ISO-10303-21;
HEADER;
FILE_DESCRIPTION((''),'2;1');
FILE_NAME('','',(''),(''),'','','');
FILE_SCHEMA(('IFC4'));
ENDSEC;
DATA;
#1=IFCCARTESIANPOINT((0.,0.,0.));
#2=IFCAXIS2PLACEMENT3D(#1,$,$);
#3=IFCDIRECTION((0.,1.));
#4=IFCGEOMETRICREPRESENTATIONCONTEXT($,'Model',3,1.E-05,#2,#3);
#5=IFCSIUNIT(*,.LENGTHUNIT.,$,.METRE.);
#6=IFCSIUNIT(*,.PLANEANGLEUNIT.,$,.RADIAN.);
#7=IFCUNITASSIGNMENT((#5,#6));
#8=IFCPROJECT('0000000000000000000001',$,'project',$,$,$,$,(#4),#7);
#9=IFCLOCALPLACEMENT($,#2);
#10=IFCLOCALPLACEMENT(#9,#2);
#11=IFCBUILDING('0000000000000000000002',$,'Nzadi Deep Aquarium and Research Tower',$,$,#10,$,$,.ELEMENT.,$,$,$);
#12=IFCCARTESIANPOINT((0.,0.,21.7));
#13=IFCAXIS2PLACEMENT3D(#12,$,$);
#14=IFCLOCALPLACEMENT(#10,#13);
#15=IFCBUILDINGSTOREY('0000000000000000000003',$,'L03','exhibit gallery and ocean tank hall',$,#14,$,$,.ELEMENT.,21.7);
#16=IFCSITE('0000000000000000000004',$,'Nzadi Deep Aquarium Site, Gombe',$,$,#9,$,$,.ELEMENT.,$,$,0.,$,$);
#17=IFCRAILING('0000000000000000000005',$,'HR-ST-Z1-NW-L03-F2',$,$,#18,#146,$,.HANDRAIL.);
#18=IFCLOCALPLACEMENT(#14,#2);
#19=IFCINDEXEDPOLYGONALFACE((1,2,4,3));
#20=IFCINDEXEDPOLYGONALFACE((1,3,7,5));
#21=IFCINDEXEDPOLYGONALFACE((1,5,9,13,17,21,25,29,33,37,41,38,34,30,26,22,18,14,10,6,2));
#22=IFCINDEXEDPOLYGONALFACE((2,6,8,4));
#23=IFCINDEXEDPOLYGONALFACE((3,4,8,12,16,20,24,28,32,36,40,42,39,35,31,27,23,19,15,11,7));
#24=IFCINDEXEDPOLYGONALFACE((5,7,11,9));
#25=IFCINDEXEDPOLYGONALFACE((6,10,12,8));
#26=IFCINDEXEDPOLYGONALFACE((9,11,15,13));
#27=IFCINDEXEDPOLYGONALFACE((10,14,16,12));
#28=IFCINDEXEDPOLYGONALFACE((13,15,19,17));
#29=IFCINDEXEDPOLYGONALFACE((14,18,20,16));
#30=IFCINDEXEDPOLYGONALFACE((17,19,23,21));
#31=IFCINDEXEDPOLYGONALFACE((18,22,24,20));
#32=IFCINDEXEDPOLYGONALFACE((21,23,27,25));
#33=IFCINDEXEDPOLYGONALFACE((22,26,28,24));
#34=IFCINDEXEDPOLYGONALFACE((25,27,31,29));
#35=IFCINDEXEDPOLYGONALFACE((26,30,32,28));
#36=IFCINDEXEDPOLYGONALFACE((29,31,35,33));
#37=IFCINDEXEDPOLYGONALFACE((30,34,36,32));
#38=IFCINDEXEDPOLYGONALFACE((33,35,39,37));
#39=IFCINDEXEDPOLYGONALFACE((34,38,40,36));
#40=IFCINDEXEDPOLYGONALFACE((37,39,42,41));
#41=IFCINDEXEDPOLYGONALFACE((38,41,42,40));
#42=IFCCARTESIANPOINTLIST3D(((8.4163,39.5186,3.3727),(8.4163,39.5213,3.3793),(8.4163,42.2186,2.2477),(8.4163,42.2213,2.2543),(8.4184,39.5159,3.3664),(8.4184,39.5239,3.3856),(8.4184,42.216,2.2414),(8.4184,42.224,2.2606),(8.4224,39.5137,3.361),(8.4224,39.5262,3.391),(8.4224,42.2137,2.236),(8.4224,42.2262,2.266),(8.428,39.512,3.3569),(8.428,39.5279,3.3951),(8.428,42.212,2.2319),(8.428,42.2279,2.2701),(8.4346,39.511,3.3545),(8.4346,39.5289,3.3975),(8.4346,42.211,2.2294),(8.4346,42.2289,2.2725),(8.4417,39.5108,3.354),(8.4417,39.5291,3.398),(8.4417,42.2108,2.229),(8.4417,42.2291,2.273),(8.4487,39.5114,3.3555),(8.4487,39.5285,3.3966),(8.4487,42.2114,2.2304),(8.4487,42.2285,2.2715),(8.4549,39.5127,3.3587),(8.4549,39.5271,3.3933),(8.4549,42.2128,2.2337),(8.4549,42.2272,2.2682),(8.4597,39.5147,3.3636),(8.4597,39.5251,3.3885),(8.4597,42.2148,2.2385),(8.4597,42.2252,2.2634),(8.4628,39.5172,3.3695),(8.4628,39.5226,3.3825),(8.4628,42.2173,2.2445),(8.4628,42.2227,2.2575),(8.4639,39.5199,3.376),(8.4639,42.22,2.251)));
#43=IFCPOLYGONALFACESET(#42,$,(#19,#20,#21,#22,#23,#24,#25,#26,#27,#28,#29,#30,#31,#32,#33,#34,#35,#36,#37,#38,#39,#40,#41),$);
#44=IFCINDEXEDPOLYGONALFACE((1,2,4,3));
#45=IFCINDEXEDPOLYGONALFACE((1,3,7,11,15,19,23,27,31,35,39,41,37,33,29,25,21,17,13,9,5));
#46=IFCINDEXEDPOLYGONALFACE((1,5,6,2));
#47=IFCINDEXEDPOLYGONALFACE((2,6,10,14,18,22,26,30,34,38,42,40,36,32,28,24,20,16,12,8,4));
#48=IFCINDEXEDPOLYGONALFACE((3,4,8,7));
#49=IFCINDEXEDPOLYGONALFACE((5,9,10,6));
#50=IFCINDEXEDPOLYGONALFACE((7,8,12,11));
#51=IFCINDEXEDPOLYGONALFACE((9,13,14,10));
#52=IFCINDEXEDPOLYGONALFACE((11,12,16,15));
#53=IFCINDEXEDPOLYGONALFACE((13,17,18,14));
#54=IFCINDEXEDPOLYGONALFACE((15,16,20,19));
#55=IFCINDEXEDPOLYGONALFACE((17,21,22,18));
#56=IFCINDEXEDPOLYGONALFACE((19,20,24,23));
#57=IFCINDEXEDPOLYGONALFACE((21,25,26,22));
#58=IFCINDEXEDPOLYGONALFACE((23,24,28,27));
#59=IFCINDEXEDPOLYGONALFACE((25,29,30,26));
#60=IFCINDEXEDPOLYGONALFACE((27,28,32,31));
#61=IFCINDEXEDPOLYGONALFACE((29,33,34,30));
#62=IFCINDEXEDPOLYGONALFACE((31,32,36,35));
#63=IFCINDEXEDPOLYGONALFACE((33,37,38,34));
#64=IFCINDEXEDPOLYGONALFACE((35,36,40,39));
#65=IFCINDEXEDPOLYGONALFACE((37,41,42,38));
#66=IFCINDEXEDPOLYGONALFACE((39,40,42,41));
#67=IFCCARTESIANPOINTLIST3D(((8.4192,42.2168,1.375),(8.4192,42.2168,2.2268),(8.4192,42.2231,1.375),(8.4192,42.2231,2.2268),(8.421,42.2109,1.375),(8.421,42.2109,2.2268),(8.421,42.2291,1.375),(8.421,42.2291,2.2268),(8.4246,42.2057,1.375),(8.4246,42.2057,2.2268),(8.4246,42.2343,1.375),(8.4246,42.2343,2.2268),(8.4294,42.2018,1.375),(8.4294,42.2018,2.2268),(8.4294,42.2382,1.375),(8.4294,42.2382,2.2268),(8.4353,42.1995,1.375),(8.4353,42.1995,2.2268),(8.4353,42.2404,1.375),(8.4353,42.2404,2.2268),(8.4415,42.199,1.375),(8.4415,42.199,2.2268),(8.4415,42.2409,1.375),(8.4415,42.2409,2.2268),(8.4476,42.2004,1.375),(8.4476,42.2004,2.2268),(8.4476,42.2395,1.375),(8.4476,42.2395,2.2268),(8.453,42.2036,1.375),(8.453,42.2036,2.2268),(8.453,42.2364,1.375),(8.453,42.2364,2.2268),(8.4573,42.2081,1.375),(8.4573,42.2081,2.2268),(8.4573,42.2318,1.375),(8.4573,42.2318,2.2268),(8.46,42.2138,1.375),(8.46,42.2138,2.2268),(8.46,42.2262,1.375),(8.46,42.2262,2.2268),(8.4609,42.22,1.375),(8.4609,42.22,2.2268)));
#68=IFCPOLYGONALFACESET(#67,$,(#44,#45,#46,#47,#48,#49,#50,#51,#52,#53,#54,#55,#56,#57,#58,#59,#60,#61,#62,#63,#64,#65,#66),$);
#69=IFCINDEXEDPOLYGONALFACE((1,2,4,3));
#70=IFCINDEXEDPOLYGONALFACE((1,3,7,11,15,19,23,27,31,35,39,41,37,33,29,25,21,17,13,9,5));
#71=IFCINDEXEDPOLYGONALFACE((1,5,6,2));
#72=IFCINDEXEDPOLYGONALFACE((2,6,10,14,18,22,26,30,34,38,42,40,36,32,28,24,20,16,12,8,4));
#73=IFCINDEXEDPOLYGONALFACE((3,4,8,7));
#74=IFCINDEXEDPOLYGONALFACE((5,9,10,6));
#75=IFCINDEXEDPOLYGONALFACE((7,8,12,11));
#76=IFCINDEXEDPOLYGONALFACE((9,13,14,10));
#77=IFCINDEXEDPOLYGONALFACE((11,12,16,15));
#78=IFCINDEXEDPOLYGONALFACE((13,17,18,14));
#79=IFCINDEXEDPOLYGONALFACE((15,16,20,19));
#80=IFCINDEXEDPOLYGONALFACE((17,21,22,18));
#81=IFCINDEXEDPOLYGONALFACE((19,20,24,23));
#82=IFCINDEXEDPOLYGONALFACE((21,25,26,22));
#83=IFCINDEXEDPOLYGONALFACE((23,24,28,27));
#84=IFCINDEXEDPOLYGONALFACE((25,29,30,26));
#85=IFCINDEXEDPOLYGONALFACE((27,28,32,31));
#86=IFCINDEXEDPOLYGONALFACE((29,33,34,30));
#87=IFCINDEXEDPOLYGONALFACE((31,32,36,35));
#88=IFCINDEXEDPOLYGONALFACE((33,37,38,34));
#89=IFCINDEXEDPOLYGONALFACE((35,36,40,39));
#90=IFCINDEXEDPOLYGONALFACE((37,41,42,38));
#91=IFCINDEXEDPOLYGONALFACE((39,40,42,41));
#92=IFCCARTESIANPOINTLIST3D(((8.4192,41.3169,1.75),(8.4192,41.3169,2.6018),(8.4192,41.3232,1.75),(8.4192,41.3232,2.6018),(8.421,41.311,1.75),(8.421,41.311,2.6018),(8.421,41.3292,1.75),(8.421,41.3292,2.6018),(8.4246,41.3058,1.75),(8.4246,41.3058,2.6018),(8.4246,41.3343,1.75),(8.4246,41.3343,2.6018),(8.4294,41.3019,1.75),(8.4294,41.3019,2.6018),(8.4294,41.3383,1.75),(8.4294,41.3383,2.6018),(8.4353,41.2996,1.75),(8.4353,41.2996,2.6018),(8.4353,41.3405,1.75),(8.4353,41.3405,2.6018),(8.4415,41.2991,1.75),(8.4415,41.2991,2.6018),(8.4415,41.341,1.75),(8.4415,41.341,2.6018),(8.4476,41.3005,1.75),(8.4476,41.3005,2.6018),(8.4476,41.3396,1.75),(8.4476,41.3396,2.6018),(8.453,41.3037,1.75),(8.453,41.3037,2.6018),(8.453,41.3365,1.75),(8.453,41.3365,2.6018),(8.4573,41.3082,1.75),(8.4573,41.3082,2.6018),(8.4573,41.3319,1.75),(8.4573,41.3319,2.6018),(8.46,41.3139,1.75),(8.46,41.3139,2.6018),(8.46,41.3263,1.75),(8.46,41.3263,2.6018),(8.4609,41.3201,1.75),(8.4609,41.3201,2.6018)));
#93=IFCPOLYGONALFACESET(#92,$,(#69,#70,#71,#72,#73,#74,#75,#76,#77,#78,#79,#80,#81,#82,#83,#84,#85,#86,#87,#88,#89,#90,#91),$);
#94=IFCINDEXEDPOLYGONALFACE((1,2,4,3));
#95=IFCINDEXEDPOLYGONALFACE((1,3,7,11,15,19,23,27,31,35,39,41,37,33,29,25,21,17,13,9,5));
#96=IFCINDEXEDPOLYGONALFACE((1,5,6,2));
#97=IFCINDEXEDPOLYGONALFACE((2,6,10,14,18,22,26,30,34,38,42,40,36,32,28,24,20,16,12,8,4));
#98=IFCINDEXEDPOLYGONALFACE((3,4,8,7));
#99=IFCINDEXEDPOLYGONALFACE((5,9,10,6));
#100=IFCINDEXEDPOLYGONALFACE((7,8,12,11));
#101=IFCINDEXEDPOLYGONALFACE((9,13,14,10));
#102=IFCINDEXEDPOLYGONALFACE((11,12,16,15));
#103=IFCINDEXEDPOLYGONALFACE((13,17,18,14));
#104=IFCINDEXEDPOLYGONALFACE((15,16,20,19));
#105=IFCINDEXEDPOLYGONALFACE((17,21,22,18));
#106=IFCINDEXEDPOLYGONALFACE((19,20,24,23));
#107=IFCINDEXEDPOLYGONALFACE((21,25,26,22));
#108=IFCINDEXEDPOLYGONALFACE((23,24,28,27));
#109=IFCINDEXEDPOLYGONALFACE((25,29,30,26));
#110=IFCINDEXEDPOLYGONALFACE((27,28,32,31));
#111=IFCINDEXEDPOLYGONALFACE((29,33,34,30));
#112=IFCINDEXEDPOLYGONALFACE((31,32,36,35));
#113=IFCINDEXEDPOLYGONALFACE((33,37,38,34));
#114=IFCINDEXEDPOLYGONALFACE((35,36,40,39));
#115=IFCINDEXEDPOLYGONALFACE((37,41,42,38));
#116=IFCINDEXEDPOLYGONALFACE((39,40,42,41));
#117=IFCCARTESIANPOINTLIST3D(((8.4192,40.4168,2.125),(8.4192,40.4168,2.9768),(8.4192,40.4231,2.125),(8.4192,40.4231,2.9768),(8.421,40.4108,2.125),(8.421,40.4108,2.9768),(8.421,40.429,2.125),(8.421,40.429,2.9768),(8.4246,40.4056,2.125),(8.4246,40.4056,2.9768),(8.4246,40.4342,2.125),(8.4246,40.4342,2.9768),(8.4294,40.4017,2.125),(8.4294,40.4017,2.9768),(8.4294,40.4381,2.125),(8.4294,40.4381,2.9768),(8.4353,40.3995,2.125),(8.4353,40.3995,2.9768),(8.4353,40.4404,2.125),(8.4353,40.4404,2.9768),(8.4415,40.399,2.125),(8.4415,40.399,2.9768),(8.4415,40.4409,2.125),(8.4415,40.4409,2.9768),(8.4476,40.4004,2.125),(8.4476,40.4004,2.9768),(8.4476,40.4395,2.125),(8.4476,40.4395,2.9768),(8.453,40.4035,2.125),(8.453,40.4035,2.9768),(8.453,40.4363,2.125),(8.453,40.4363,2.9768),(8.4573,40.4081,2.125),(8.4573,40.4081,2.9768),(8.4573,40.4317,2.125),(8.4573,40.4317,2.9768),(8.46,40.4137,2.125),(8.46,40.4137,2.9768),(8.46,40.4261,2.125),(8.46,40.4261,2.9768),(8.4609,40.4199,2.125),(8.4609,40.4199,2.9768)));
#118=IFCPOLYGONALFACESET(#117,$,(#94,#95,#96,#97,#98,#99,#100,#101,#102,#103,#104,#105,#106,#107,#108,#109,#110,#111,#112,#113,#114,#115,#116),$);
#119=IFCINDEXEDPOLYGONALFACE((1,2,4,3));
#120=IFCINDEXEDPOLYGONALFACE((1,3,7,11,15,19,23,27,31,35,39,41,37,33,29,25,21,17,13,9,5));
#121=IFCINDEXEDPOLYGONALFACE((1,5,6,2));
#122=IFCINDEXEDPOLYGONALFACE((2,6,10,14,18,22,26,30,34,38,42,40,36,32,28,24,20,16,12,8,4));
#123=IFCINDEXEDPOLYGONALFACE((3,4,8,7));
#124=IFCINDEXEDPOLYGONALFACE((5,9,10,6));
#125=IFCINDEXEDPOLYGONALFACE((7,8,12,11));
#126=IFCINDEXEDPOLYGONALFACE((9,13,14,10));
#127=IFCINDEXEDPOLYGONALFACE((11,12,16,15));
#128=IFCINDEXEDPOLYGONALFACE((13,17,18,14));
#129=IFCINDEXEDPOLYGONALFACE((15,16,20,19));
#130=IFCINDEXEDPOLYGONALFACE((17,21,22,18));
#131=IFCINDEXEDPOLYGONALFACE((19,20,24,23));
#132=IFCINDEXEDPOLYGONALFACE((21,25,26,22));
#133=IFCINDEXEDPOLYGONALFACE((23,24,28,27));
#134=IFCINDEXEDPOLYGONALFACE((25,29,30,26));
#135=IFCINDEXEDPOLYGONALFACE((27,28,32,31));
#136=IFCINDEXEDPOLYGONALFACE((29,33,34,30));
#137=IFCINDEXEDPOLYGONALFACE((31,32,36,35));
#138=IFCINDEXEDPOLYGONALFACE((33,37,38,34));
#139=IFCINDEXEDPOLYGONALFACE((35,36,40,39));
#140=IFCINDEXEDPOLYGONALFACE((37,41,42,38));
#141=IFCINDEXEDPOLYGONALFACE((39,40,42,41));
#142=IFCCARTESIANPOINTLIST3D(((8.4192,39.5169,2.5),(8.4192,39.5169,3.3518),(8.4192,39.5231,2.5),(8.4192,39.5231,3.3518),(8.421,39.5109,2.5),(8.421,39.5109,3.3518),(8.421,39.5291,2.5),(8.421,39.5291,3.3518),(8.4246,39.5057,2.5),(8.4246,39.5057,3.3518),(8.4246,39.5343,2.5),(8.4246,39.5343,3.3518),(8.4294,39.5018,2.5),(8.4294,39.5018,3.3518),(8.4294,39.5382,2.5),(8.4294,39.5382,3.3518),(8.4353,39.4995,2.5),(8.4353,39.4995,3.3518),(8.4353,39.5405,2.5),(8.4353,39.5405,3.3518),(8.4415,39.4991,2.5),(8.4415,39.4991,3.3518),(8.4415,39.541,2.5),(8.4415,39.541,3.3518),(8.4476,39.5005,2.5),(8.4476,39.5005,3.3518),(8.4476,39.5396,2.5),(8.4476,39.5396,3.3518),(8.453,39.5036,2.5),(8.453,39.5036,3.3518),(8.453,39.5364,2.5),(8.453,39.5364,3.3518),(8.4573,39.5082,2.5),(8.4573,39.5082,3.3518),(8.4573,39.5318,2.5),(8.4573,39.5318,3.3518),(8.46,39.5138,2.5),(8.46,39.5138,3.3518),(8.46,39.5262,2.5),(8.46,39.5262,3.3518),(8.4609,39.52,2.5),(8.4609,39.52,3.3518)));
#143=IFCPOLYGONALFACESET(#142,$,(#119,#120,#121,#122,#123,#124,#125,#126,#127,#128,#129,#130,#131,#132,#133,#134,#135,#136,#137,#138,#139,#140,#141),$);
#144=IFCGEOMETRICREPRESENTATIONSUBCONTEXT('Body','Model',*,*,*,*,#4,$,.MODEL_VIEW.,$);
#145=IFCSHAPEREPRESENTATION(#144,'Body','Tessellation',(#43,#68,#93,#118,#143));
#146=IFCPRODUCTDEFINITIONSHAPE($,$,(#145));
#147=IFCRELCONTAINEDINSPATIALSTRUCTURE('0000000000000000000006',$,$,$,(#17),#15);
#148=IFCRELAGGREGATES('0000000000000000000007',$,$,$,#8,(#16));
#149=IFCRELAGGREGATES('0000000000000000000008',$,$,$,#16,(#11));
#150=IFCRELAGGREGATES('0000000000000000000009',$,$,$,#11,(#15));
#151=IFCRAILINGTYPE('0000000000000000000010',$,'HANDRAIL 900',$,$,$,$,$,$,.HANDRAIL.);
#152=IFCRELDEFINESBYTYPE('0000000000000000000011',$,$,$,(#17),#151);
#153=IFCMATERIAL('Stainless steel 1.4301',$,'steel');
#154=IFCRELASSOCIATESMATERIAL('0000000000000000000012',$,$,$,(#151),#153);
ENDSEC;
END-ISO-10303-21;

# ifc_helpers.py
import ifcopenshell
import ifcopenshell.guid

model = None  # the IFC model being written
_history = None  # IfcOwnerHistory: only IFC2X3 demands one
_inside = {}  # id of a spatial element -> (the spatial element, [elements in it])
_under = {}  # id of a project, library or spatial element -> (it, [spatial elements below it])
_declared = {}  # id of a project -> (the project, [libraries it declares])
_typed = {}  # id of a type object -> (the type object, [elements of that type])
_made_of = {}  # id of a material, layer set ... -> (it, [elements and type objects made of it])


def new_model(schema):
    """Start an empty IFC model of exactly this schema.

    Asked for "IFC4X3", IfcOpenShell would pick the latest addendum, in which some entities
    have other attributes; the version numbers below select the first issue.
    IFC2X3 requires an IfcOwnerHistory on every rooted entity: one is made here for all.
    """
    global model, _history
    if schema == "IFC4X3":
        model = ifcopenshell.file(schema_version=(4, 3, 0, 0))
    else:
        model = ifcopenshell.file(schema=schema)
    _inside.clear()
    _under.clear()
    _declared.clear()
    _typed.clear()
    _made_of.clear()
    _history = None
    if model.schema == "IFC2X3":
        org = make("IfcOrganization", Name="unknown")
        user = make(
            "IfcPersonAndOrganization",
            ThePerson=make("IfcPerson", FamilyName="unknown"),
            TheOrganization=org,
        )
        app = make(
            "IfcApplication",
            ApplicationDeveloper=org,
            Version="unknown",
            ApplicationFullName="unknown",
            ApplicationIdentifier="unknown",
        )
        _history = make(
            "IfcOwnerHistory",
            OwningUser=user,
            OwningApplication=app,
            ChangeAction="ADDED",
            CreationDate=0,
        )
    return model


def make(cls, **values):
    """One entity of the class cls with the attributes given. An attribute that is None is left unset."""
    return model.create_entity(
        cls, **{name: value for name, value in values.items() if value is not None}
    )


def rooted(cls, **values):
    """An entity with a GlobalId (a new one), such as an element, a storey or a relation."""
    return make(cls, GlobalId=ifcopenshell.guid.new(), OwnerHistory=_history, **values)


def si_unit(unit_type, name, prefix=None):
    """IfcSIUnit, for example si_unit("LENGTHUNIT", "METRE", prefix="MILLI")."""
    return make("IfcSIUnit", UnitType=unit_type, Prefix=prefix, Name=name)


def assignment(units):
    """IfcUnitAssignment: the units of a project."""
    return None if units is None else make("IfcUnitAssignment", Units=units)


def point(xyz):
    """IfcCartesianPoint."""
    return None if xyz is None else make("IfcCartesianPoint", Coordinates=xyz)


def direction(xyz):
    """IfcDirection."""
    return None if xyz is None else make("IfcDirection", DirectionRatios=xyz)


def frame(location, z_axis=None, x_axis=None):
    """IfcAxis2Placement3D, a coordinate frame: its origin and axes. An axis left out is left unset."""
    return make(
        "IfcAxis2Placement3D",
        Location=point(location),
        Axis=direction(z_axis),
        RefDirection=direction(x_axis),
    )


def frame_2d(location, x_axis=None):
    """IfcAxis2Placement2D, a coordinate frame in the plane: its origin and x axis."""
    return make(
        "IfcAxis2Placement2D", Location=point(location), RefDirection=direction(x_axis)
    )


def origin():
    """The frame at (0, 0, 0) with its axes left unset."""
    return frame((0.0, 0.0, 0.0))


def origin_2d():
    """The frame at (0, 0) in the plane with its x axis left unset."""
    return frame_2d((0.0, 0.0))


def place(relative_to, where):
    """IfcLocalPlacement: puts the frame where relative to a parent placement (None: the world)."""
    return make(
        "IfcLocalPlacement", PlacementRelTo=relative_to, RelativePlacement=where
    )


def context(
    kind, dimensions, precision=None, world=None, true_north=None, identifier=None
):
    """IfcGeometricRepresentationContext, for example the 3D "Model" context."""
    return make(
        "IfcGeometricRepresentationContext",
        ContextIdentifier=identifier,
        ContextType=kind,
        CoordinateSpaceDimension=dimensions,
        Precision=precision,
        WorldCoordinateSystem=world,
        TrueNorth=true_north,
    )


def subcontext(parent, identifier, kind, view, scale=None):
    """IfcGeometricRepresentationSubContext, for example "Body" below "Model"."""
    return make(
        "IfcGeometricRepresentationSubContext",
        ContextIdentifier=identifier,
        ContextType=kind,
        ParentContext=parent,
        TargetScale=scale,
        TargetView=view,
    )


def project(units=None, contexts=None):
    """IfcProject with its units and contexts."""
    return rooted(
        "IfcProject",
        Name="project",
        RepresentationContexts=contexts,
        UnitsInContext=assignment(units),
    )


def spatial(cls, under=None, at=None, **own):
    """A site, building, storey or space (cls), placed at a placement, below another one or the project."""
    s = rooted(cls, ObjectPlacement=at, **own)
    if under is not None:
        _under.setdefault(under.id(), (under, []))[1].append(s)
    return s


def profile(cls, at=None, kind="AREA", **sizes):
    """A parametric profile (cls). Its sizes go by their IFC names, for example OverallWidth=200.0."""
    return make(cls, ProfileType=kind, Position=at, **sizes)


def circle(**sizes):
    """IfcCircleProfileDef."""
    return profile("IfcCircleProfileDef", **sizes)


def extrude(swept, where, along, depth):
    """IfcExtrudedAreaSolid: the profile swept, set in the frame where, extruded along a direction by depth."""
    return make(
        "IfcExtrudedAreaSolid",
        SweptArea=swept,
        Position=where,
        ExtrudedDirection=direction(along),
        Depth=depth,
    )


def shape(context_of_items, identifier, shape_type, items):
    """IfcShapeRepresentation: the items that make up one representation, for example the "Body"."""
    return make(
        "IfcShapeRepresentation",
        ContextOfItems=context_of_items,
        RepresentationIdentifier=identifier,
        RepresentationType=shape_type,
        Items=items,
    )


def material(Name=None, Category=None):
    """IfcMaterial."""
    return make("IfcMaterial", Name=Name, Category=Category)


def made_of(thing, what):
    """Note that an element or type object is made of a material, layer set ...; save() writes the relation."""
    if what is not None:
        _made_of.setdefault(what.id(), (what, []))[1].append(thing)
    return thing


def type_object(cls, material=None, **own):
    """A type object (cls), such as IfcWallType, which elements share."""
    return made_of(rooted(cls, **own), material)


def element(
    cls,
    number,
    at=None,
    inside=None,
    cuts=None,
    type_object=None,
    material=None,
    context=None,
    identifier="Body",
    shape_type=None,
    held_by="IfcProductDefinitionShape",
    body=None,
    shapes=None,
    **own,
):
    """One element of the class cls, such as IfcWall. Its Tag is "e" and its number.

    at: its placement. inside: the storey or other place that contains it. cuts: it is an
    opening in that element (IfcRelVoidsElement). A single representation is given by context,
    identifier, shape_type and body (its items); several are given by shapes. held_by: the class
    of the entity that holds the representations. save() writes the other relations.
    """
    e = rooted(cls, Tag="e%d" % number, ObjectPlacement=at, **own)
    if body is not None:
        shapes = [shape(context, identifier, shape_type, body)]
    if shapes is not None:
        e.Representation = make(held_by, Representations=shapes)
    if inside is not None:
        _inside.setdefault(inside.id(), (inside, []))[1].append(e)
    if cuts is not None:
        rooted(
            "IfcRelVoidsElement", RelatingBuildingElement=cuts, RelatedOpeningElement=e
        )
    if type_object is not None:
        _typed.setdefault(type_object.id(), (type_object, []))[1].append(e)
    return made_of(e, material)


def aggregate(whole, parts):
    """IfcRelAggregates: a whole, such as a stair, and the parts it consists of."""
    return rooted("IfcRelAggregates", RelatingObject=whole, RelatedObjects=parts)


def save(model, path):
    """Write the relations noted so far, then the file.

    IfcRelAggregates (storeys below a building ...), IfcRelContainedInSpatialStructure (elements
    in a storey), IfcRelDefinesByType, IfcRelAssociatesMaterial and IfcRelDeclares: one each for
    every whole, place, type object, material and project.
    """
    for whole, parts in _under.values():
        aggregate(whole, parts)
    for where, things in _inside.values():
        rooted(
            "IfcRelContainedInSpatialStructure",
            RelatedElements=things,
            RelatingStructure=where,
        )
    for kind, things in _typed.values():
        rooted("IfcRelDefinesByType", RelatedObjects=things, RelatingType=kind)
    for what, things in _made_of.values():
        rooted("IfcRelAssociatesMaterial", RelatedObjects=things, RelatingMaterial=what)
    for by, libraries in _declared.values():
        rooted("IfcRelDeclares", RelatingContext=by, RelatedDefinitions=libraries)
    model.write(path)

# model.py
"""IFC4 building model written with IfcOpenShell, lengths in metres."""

from ifc_helpers import new_model, si_unit, direction, frame, origin, origin_2d, place, context, subcontext, project, spatial, circle, extrude, material, type_object, element, save


model = new_model("IFC4")

# Units and contexts
model_context = context("Model", 3, precision=1e-05, world=origin(), true_north=direction((0.0, 1.0)))
body_context = subcontext(model_context, "Body", "Model", "MODEL_VIEW")
ifc_project = project(units=[si_unit("LENGTHUNIT", "METRE"), si_unit("PLANEANGLEUNIT", "RADIAN")], contexts=[model_context])

# Site, building, storey
site_placement = place(None, origin())
site = spatial("IfcSite", under=ifc_project, at=site_placement, Name="Nzadi Deep Aquarium Site, Gombe", CompositionType="ELEMENT", RefElevation=0.0)
building_placement = place(site_placement, origin())
building = spatial("IfcBuilding", under=site, at=building_placement, Name="Nzadi Deep Aquarium and Research Tower", CompositionType="ELEMENT")
storey_placement = place(building_placement, frame((0.0, 0.0, 21.7)))
storey = spatial("IfcBuildingStorey", under=building, at=storey_placement, Name="L03", Description="exhibit gallery and ocean tank hall", CompositionType="ELEMENT", Elevation=21.7)

# Railing
ifc_material_1 = material(Name="Stainless steel 1.4301", Category="steel")
railing_type = type_object("IfcRailingType", Name="HANDRAIL 900", PredefinedType="HANDRAIL", material=ifc_material_1)
for number, where, name in (
    (1, (8.4399, 42.22, 1.375), "HR-ST-Z1-NW-L03-F2"),
):
    element("IfcRailing", number, at=place(storey_placement, frame(where)), inside=storey, type_object=railing_type, Name=name, PredefinedType="HANDRAIL", context=body_context, shape_type="SweptSolid", body=[
        extrude(circle(Radius=0.0239, at=origin_2d()), frame((0.0, 0.0, 0.876), z_axis=(0.0, -0.923074, 0.384621), x_axis=(1.0, 0.0, 0.0)), (0.0, 0.0, 1.0), 2.925),
        extrude(circle(Radius=0.021, at=origin_2d()), origin(), (0.0, 0.0, 1.0), 0.8518),
        extrude(circle(Radius=0.021, at=origin_2d()), frame((0.0, -0.8999, 0.375)), (0.0, 0.0, 1.0), 0.8518),
        extrude(circle(Radius=0.021, at=origin_2d()), frame((0.0, -1.8, 0.75)), (0.0, 0.0, 1.0), 0.8518),
        extrude(circle(Radius=0.021, at=origin_2d()), frame((0.0, -2.7, 1.125)), (0.0, 0.0, 1.0), 0.8518),
    ])

save(model, "model.ifc")
